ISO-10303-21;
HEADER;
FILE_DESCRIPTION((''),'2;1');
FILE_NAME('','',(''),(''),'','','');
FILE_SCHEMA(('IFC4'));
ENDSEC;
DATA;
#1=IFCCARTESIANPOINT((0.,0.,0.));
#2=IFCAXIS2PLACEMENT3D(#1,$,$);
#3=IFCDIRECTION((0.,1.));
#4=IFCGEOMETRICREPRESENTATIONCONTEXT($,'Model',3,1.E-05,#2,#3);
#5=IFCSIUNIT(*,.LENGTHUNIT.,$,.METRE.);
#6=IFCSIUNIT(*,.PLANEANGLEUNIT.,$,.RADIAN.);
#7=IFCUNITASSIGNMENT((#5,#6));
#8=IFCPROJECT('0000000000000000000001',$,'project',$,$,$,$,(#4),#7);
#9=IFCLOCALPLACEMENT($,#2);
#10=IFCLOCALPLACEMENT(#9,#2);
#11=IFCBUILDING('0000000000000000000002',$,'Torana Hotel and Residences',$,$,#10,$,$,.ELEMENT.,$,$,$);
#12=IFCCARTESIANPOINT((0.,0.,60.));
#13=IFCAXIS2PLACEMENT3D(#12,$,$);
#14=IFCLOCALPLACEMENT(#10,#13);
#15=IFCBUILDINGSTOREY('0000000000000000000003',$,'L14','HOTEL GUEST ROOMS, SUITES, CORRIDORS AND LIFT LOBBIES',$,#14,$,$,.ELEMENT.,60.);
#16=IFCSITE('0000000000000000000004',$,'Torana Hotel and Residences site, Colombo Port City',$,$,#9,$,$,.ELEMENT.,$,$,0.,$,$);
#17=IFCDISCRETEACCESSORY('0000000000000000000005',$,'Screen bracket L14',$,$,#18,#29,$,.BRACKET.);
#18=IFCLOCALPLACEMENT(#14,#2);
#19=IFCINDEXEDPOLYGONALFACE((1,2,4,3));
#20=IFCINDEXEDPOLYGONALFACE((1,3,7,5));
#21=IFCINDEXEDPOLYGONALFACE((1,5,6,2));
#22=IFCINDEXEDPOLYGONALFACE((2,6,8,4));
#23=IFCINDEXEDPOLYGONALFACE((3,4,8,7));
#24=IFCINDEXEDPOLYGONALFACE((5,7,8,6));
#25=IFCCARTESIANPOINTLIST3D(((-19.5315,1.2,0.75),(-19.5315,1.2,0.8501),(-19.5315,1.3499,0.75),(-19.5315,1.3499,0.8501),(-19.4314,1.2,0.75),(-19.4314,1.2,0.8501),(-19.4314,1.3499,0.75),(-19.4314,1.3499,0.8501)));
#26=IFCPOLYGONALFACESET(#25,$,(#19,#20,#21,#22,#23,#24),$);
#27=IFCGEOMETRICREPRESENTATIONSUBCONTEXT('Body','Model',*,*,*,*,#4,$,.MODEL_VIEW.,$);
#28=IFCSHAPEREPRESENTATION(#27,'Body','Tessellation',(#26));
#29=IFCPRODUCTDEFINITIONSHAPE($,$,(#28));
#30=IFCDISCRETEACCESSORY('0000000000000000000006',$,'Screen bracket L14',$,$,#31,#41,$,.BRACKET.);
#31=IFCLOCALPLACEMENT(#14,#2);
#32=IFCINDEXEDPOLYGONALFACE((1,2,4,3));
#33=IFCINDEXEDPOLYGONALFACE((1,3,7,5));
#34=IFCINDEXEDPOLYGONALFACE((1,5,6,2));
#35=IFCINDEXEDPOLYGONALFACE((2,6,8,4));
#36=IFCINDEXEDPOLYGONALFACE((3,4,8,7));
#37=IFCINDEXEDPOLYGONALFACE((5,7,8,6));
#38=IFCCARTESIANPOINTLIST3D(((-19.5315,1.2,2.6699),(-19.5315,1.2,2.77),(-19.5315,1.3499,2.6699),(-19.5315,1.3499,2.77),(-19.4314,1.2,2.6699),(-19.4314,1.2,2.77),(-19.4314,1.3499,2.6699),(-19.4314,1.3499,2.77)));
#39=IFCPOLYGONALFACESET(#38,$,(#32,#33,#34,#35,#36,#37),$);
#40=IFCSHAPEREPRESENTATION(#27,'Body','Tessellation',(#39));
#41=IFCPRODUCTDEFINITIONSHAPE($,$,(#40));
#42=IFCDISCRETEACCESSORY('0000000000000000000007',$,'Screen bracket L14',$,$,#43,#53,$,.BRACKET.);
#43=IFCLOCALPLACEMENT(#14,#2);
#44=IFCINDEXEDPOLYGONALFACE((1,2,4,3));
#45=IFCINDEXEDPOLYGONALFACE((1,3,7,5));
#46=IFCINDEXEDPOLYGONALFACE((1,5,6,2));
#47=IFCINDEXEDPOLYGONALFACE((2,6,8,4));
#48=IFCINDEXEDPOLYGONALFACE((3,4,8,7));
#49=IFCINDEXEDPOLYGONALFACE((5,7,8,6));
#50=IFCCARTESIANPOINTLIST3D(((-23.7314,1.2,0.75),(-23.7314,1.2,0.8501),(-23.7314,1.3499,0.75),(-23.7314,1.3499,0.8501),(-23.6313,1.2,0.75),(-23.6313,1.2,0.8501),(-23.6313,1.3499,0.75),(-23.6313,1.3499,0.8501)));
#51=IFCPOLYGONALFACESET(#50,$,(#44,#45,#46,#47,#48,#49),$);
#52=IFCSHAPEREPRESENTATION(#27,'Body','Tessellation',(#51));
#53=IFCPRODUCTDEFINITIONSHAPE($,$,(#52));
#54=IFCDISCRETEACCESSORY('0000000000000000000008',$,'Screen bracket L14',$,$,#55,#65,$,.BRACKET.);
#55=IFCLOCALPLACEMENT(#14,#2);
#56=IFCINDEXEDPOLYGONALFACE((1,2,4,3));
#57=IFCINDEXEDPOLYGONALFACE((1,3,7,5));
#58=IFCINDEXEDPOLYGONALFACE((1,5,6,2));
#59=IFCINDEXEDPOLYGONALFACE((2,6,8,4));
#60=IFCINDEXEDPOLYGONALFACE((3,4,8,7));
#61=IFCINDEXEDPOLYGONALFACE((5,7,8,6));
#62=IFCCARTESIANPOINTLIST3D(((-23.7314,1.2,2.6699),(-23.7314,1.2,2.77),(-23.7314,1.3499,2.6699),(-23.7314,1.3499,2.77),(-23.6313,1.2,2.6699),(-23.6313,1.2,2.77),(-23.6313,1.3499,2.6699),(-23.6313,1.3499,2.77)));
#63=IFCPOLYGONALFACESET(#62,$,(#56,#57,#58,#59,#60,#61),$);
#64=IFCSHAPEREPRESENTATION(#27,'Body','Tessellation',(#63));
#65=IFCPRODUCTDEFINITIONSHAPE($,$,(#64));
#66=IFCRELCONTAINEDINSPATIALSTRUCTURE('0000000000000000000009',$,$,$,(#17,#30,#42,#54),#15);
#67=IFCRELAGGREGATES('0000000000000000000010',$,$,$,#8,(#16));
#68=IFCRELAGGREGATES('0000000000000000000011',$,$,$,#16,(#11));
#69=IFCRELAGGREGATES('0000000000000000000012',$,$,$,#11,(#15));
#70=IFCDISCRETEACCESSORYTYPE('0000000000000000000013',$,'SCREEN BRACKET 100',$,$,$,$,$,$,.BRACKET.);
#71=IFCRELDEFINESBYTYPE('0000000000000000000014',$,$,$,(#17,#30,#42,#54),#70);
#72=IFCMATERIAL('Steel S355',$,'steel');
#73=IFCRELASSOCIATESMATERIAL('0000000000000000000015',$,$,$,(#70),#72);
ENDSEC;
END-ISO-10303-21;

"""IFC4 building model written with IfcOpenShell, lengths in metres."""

from ifc_helpers import new_model, si_unit, direction, frame, origin, origin_2d, place, context, subcontext, project, spatial, rectangle, extrude, material, type_object, element, save


model = new_model("IFC4")

# Units and contexts
model_context = context("Model", 3, precision=1e-05, world=origin(), true_north=direction((0.0, 1.0)))
body_context = subcontext(model_context, "Body", "Model", "MODEL_VIEW")
ifc_project = project(units=[si_unit("LENGTHUNIT", "METRE"), si_unit("PLANEANGLEUNIT", "RADIAN")], contexts=[model_context])

# Site, building, storey
site_placement = place(None, origin())
site = spatial("IfcSite", under=ifc_project, at=site_placement, Name="Torana Hotel and Residences site, Colombo Port City", CompositionType="ELEMENT", RefElevation=0.0)
building_placement = place(site_placement, origin())
building = spatial("IfcBuilding", under=site, at=building_placement, Name="Torana Hotel and Residences", CompositionType="ELEMENT")
storey_placement = place(building_placement, frame((0.0, 0.0, 60.0)))
storey = spatial("IfcBuildingStorey", under=building, at=storey_placement, Name="L14", Description="HOTEL GUEST ROOMS, SUITES, CORRIDORS AND LIFT LOBBIES", CompositionType="ELEMENT", Elevation=60.0)

# Discrete accessories
ifc_material_1 = material(Name="Steel S355", Category="steel")
discrete_accessory_type = type_object("IfcDiscreteAccessoryType", Name="SCREEN BRACKET 100", PredefinedType="BRACKET", material=ifc_material_1)
for number, where, z_axis, x_axis, name in (
    (1, (-19.4814, 1.2749, 0.75), (0.0, 0.0, 1.0), (-1.0, 0.0, 0.0), "Screen bracket L14"),
    (2, (-19.4814, 1.2749, 2.6699), (0.0, 0.0, 1.0), (-1.0, 0.0, 0.0), "Screen bracket L14"),
    (3, (-23.6814, 1.2749, 0.75), (0.0, 0.0, 1.0), (-1.0, 0.0, 0.0), "Screen bracket L14"),
    (4, (-23.6814, 1.2749, 2.6699), (0.0, 0.0, 1.0), (-1.0, 0.0, 0.0), "Screen bracket L14"),
):
    element("IfcDiscreteAccessory", number, at=place(storey_placement, frame(where, z_axis=z_axis, x_axis=x_axis)), inside=storey, type_object=discrete_accessory_type, Name=name, PredefinedType="BRACKET", context=body_context, shape_type="SweptSolid", body=[
        extrude(rectangle(XDim=0.1001, YDim=0.1499, at=origin_2d()), origin(), (0.0, 0.0, 1.0), 0.1001),
    ])

save(model, "model.ifc")
